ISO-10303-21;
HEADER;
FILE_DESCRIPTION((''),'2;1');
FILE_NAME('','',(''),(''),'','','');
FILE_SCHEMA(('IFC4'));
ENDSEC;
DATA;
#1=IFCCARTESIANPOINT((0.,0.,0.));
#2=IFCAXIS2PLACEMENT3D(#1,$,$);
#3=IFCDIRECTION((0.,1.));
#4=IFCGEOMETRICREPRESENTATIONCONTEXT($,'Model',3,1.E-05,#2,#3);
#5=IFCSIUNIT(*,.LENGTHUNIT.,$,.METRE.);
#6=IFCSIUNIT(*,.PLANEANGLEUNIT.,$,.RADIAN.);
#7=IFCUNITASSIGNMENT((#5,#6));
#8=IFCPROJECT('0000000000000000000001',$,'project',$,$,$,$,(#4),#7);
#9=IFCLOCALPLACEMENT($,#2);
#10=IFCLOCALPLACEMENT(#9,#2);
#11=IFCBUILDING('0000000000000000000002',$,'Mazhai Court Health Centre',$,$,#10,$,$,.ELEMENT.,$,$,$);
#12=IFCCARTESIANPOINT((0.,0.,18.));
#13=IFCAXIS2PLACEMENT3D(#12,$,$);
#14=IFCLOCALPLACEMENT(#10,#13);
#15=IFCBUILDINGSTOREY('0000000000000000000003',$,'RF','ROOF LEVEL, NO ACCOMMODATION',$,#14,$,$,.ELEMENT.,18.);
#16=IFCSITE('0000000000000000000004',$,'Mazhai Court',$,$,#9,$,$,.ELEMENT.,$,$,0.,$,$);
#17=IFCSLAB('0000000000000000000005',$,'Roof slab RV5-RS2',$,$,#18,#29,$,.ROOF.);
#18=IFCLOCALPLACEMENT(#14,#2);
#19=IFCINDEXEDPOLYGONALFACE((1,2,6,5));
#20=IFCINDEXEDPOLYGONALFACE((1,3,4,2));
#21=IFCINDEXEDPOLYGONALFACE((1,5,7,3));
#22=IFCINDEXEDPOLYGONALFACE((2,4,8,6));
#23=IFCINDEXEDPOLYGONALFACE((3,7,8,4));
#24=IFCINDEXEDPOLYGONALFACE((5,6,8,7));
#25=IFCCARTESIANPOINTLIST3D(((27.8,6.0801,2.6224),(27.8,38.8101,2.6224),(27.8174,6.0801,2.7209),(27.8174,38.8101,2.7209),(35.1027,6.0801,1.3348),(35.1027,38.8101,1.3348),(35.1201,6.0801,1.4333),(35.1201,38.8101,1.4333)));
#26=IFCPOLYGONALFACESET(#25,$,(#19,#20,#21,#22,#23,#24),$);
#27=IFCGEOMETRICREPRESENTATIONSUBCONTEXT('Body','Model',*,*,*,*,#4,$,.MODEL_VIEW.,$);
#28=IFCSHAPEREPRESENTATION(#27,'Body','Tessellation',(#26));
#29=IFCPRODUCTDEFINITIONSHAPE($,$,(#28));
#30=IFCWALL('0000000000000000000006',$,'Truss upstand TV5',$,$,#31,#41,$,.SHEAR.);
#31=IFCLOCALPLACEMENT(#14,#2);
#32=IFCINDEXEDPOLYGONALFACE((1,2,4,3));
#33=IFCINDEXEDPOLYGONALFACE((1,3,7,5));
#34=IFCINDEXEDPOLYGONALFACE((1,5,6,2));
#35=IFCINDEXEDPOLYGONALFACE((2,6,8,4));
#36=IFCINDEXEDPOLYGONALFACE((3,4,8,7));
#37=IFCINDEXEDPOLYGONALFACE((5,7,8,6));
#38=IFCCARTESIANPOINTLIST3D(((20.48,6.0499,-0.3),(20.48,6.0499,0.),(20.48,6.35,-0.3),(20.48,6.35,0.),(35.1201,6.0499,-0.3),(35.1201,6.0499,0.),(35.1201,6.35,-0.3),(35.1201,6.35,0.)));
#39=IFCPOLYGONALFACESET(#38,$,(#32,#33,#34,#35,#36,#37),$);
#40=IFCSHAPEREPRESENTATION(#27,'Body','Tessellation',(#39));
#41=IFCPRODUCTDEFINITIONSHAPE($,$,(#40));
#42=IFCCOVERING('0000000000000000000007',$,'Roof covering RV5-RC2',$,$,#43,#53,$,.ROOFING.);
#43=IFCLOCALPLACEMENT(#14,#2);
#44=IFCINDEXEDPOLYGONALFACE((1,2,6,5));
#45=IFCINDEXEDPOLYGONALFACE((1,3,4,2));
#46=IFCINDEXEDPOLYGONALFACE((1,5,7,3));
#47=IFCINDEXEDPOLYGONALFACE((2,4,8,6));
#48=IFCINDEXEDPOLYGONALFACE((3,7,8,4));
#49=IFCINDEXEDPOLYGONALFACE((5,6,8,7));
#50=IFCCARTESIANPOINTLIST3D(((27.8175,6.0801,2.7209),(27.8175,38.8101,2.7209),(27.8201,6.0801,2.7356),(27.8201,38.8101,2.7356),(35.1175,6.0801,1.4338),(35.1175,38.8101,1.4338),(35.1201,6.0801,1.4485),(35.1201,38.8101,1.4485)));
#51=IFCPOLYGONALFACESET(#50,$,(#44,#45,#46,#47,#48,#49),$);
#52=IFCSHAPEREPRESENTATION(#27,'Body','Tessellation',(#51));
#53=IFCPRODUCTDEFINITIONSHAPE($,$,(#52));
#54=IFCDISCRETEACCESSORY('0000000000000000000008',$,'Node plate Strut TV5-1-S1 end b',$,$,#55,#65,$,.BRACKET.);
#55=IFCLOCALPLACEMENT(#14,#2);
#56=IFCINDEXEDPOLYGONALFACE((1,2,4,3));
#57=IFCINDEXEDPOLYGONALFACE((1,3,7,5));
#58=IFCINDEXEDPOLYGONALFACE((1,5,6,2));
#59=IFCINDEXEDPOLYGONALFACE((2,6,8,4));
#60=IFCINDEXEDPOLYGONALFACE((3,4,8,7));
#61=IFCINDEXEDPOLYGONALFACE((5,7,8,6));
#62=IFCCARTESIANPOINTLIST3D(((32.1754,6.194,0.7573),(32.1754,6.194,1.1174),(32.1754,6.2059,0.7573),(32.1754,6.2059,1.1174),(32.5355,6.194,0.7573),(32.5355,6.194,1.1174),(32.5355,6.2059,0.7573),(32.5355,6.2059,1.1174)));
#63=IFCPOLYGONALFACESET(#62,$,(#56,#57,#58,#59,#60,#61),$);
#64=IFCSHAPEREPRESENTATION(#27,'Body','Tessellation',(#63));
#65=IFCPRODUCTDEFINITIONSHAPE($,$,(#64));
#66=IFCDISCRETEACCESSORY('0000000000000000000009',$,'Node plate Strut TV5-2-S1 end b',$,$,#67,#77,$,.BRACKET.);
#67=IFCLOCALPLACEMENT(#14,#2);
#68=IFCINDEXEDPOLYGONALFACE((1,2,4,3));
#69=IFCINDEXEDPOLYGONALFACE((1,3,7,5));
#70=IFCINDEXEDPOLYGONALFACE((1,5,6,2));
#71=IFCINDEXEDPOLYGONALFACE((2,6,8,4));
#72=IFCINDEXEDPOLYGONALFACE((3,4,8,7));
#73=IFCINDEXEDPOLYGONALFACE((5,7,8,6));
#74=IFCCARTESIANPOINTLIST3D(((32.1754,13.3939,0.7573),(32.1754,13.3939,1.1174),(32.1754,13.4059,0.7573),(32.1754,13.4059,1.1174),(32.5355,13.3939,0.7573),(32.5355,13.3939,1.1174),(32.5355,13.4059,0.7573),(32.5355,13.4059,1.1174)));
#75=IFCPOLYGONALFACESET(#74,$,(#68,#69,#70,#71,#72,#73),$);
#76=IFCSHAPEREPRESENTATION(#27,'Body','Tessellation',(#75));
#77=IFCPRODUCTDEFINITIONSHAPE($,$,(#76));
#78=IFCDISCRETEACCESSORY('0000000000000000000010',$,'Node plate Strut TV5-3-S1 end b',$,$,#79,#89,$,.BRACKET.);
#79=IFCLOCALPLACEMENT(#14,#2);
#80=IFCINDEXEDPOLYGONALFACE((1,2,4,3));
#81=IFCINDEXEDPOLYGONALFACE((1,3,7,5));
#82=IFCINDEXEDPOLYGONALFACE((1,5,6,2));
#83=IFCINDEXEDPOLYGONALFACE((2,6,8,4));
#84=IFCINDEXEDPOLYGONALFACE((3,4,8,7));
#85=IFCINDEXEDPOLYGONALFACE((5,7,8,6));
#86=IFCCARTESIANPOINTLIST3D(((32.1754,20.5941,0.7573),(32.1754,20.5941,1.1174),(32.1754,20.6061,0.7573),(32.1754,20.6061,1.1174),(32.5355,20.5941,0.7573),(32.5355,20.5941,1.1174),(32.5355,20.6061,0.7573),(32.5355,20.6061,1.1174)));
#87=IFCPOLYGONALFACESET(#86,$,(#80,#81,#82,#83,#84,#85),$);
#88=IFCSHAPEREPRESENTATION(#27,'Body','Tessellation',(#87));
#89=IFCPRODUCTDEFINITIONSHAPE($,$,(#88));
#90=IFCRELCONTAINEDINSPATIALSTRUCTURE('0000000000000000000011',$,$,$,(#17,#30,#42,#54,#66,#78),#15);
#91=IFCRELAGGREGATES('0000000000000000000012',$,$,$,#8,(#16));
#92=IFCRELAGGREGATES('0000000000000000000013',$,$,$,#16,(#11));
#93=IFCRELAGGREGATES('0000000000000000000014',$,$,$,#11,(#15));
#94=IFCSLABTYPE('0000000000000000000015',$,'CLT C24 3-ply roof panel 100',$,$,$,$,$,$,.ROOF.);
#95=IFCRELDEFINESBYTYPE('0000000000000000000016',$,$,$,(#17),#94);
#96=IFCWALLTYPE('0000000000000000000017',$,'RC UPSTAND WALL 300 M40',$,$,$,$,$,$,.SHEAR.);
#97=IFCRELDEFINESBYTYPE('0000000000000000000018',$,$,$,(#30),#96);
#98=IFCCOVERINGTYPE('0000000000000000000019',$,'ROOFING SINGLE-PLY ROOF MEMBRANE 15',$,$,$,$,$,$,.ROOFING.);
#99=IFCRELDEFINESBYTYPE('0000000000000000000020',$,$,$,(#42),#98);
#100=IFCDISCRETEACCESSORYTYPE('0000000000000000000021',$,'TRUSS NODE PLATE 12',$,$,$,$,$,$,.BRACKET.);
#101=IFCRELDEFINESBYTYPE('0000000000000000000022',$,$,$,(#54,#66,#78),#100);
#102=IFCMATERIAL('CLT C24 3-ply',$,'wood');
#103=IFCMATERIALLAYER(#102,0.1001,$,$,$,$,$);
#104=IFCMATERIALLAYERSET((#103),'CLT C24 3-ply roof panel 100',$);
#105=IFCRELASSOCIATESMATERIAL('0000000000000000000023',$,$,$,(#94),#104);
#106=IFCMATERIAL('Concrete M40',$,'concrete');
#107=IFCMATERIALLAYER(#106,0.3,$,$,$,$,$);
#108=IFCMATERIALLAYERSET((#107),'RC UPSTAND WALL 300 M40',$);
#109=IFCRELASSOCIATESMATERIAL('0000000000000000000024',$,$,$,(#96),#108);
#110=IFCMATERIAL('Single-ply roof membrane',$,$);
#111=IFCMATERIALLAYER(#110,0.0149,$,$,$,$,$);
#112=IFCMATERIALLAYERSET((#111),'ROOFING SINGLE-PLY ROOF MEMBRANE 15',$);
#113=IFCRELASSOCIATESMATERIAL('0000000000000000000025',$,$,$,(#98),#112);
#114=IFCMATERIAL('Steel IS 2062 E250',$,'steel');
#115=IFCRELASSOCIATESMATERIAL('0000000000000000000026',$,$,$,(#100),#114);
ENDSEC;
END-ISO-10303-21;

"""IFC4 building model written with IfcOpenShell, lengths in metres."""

from ifc_helpers import new_model, si_unit, direction, frame, frame_2d, origin, origin_2d, place, context, subcontext, project, spatial, polyline, rectangle, outline, extrude, material, layer, layer_set, type_object, element, save


model = new_model("IFC4")

# Units and contexts
model_context = context("Model", 3, precision=1e-05, world=origin(), true_north=direction((0.0, 1.0)))
body_context = subcontext(model_context, "Body", "Model", "MODEL_VIEW")
ifc_project = project(units=[si_unit("LENGTHUNIT", "METRE"), si_unit("PLANEANGLEUNIT", "RADIAN")], contexts=[model_context])

# Site, building, storey
site_placement = place(None, origin())
site = spatial("IfcSite", under=ifc_project, at=site_placement, Name="Mazhai Court", CompositionType="ELEMENT", RefElevation=0.0)
building_placement = place(site_placement, origin())
building = spatial("IfcBuilding", under=site, at=building_placement, Name="Mazhai Court Health Centre", CompositionType="ELEMENT")
storey_placement = place(building_placement, frame((0.0, 0.0, 18.0)))
storey = spatial("IfcBuildingStorey", under=building, at=storey_placement, Name="RF", Description="ROOF LEVEL, NO ACCOMMODATION", CompositionType="ELEMENT", Elevation=18.0)

# Slab
ifc_material_1 = material(Name="CLT C24 3-ply", Category="wood")
ifc_layer_1 = layer(ifc_material_1, 0.1001)
ifc_layer_set_1 = layer_set([ifc_layer_1], Name="CLT C24 3-ply roof panel 100")
slab_type = type_object("IfcSlabType", Name="CLT C24 3-ply roof panel 100", PredefinedType="ROOF", material=ifc_layer_set_1)
slab_placement = place(storey_placement, frame((35.1201, 6.0801, 1.4333), z_axis=(0.173639, 0.0, 0.984809), x_axis=(-0.984809, 0.0, 0.173639)))
element("IfcSlab", 1, at=slab_placement, inside=storey, type_object=slab_type, Name="Roof slab RV5-RS2", PredefinedType="ROOF", context=body_context, shape_type="SweptSolid", body=[
    extrude(outline(polyline([(0.0, 0.0), (7.4154, 0.0), (7.4154, -32.73), (0.0, -32.73), (0.0, 0.0)])), origin(), (0.0, 0.0, -1.0), 0.1001),
])

# Wall
ifc_material_2 = material(Name="Concrete M40", Category="concrete")
ifc_layer_2 = layer(ifc_material_2, 0.3)
ifc_layer_set_2 = layer_set([ifc_layer_2], Name="RC UPSTAND WALL 300 M40")
wall_type = type_object("IfcWallType", Name="RC UPSTAND WALL 300 M40", PredefinedType="SHEAR", material=ifc_layer_set_2)
wall_placement = place(storey_placement, frame((35.1201, 6.2, -0.3), z_axis=(0.0, 0.0, 1.0), x_axis=(-1.0, 0.0, 0.0)))
element("IfcWall", 2, at=wall_placement, inside=storey, type_object=wall_type, Name="Truss upstand TV5", PredefinedType="SHEAR", context=body_context, shape_type="SweptSolid", body=[
    extrude(rectangle(XDim=14.6401, YDim=0.3, at=frame_2d((7.3201, 0.0))), origin(), (0.0, 0.0, 1.0), 0.3),
])

# Covering
ifc_material_3 = material(Name="Single-ply roof membrane")
ifc_layer_3 = layer(ifc_material_3, 0.0149)
ifc_layer_set_3 = layer_set([ifc_layer_3], Name="ROOFING SINGLE-PLY ROOF MEMBRANE 15")
covering_type = type_object("IfcCoveringType", Name="ROOFING SINGLE-PLY ROOF MEMBRANE 15", PredefinedType="ROOFING", material=ifc_layer_set_3)
covering_placement = place(storey_placement, frame((35.1201, 6.0801, 1.4485), z_axis=(0.173637, 0.0, 0.98481), x_axis=(-0.98481, 0.0, 0.173637)))
element("IfcCovering", 3, at=covering_placement, inside=storey, type_object=covering_type, Name="Roof covering RV5-RC2", PredefinedType="ROOFING", context=body_context, shape_type="SweptSolid", body=[
    extrude(outline(polyline([(0.0, 0.0), (7.4126, 0.0), (7.4126, -32.73), (0.0, -32.73), (0.0, 0.0)])), origin(), (0.0, 0.0, -1.0), 0.0149),
])

# Discrete accessories
ifc_material_4 = material(Name="Steel IS 2062 E250", Category="steel")
discrete_accessory_type = type_object("IfcDiscreteAccessoryType", Name="TRUSS NODE PLATE 12", PredefinedType="BRACKET", material=ifc_material_4)
for number, where, z_axis, x_axis, name in (
    (4, (32.3555, 6.2, 0.7573), (0.0, 0.0, 1.0), (1.0, 0.0, 0.0), "Node plate Strut TV5-1-S1 end b"),
    (5, (32.3555, 13.3999, 0.7573), (0.0, 0.0, 1.0), (1.0, 0.0, 0.0), "Node plate Strut TV5-2-S1 end b"),
    (6, (32.3555, 20.6001, 0.7573), (0.0, 0.0, 1.0), (1.0, 0.0, 0.0), "Node plate Strut TV5-3-S1 end b"),
):
    element("IfcDiscreteAccessory", number, at=place(storey_placement, frame(where, z_axis=z_axis, x_axis=x_axis)), inside=storey, type_object=discrete_accessory_type, Name=name, PredefinedType="BRACKET", context=body_context, shape_type="SweptSolid", body=[
        extrude(rectangle(XDim=0.3601, YDim=0.012, at=origin_2d()), origin(), (0.0, 0.0, 1.0), 0.3601),
    ])

save(model, "model.ifc")
